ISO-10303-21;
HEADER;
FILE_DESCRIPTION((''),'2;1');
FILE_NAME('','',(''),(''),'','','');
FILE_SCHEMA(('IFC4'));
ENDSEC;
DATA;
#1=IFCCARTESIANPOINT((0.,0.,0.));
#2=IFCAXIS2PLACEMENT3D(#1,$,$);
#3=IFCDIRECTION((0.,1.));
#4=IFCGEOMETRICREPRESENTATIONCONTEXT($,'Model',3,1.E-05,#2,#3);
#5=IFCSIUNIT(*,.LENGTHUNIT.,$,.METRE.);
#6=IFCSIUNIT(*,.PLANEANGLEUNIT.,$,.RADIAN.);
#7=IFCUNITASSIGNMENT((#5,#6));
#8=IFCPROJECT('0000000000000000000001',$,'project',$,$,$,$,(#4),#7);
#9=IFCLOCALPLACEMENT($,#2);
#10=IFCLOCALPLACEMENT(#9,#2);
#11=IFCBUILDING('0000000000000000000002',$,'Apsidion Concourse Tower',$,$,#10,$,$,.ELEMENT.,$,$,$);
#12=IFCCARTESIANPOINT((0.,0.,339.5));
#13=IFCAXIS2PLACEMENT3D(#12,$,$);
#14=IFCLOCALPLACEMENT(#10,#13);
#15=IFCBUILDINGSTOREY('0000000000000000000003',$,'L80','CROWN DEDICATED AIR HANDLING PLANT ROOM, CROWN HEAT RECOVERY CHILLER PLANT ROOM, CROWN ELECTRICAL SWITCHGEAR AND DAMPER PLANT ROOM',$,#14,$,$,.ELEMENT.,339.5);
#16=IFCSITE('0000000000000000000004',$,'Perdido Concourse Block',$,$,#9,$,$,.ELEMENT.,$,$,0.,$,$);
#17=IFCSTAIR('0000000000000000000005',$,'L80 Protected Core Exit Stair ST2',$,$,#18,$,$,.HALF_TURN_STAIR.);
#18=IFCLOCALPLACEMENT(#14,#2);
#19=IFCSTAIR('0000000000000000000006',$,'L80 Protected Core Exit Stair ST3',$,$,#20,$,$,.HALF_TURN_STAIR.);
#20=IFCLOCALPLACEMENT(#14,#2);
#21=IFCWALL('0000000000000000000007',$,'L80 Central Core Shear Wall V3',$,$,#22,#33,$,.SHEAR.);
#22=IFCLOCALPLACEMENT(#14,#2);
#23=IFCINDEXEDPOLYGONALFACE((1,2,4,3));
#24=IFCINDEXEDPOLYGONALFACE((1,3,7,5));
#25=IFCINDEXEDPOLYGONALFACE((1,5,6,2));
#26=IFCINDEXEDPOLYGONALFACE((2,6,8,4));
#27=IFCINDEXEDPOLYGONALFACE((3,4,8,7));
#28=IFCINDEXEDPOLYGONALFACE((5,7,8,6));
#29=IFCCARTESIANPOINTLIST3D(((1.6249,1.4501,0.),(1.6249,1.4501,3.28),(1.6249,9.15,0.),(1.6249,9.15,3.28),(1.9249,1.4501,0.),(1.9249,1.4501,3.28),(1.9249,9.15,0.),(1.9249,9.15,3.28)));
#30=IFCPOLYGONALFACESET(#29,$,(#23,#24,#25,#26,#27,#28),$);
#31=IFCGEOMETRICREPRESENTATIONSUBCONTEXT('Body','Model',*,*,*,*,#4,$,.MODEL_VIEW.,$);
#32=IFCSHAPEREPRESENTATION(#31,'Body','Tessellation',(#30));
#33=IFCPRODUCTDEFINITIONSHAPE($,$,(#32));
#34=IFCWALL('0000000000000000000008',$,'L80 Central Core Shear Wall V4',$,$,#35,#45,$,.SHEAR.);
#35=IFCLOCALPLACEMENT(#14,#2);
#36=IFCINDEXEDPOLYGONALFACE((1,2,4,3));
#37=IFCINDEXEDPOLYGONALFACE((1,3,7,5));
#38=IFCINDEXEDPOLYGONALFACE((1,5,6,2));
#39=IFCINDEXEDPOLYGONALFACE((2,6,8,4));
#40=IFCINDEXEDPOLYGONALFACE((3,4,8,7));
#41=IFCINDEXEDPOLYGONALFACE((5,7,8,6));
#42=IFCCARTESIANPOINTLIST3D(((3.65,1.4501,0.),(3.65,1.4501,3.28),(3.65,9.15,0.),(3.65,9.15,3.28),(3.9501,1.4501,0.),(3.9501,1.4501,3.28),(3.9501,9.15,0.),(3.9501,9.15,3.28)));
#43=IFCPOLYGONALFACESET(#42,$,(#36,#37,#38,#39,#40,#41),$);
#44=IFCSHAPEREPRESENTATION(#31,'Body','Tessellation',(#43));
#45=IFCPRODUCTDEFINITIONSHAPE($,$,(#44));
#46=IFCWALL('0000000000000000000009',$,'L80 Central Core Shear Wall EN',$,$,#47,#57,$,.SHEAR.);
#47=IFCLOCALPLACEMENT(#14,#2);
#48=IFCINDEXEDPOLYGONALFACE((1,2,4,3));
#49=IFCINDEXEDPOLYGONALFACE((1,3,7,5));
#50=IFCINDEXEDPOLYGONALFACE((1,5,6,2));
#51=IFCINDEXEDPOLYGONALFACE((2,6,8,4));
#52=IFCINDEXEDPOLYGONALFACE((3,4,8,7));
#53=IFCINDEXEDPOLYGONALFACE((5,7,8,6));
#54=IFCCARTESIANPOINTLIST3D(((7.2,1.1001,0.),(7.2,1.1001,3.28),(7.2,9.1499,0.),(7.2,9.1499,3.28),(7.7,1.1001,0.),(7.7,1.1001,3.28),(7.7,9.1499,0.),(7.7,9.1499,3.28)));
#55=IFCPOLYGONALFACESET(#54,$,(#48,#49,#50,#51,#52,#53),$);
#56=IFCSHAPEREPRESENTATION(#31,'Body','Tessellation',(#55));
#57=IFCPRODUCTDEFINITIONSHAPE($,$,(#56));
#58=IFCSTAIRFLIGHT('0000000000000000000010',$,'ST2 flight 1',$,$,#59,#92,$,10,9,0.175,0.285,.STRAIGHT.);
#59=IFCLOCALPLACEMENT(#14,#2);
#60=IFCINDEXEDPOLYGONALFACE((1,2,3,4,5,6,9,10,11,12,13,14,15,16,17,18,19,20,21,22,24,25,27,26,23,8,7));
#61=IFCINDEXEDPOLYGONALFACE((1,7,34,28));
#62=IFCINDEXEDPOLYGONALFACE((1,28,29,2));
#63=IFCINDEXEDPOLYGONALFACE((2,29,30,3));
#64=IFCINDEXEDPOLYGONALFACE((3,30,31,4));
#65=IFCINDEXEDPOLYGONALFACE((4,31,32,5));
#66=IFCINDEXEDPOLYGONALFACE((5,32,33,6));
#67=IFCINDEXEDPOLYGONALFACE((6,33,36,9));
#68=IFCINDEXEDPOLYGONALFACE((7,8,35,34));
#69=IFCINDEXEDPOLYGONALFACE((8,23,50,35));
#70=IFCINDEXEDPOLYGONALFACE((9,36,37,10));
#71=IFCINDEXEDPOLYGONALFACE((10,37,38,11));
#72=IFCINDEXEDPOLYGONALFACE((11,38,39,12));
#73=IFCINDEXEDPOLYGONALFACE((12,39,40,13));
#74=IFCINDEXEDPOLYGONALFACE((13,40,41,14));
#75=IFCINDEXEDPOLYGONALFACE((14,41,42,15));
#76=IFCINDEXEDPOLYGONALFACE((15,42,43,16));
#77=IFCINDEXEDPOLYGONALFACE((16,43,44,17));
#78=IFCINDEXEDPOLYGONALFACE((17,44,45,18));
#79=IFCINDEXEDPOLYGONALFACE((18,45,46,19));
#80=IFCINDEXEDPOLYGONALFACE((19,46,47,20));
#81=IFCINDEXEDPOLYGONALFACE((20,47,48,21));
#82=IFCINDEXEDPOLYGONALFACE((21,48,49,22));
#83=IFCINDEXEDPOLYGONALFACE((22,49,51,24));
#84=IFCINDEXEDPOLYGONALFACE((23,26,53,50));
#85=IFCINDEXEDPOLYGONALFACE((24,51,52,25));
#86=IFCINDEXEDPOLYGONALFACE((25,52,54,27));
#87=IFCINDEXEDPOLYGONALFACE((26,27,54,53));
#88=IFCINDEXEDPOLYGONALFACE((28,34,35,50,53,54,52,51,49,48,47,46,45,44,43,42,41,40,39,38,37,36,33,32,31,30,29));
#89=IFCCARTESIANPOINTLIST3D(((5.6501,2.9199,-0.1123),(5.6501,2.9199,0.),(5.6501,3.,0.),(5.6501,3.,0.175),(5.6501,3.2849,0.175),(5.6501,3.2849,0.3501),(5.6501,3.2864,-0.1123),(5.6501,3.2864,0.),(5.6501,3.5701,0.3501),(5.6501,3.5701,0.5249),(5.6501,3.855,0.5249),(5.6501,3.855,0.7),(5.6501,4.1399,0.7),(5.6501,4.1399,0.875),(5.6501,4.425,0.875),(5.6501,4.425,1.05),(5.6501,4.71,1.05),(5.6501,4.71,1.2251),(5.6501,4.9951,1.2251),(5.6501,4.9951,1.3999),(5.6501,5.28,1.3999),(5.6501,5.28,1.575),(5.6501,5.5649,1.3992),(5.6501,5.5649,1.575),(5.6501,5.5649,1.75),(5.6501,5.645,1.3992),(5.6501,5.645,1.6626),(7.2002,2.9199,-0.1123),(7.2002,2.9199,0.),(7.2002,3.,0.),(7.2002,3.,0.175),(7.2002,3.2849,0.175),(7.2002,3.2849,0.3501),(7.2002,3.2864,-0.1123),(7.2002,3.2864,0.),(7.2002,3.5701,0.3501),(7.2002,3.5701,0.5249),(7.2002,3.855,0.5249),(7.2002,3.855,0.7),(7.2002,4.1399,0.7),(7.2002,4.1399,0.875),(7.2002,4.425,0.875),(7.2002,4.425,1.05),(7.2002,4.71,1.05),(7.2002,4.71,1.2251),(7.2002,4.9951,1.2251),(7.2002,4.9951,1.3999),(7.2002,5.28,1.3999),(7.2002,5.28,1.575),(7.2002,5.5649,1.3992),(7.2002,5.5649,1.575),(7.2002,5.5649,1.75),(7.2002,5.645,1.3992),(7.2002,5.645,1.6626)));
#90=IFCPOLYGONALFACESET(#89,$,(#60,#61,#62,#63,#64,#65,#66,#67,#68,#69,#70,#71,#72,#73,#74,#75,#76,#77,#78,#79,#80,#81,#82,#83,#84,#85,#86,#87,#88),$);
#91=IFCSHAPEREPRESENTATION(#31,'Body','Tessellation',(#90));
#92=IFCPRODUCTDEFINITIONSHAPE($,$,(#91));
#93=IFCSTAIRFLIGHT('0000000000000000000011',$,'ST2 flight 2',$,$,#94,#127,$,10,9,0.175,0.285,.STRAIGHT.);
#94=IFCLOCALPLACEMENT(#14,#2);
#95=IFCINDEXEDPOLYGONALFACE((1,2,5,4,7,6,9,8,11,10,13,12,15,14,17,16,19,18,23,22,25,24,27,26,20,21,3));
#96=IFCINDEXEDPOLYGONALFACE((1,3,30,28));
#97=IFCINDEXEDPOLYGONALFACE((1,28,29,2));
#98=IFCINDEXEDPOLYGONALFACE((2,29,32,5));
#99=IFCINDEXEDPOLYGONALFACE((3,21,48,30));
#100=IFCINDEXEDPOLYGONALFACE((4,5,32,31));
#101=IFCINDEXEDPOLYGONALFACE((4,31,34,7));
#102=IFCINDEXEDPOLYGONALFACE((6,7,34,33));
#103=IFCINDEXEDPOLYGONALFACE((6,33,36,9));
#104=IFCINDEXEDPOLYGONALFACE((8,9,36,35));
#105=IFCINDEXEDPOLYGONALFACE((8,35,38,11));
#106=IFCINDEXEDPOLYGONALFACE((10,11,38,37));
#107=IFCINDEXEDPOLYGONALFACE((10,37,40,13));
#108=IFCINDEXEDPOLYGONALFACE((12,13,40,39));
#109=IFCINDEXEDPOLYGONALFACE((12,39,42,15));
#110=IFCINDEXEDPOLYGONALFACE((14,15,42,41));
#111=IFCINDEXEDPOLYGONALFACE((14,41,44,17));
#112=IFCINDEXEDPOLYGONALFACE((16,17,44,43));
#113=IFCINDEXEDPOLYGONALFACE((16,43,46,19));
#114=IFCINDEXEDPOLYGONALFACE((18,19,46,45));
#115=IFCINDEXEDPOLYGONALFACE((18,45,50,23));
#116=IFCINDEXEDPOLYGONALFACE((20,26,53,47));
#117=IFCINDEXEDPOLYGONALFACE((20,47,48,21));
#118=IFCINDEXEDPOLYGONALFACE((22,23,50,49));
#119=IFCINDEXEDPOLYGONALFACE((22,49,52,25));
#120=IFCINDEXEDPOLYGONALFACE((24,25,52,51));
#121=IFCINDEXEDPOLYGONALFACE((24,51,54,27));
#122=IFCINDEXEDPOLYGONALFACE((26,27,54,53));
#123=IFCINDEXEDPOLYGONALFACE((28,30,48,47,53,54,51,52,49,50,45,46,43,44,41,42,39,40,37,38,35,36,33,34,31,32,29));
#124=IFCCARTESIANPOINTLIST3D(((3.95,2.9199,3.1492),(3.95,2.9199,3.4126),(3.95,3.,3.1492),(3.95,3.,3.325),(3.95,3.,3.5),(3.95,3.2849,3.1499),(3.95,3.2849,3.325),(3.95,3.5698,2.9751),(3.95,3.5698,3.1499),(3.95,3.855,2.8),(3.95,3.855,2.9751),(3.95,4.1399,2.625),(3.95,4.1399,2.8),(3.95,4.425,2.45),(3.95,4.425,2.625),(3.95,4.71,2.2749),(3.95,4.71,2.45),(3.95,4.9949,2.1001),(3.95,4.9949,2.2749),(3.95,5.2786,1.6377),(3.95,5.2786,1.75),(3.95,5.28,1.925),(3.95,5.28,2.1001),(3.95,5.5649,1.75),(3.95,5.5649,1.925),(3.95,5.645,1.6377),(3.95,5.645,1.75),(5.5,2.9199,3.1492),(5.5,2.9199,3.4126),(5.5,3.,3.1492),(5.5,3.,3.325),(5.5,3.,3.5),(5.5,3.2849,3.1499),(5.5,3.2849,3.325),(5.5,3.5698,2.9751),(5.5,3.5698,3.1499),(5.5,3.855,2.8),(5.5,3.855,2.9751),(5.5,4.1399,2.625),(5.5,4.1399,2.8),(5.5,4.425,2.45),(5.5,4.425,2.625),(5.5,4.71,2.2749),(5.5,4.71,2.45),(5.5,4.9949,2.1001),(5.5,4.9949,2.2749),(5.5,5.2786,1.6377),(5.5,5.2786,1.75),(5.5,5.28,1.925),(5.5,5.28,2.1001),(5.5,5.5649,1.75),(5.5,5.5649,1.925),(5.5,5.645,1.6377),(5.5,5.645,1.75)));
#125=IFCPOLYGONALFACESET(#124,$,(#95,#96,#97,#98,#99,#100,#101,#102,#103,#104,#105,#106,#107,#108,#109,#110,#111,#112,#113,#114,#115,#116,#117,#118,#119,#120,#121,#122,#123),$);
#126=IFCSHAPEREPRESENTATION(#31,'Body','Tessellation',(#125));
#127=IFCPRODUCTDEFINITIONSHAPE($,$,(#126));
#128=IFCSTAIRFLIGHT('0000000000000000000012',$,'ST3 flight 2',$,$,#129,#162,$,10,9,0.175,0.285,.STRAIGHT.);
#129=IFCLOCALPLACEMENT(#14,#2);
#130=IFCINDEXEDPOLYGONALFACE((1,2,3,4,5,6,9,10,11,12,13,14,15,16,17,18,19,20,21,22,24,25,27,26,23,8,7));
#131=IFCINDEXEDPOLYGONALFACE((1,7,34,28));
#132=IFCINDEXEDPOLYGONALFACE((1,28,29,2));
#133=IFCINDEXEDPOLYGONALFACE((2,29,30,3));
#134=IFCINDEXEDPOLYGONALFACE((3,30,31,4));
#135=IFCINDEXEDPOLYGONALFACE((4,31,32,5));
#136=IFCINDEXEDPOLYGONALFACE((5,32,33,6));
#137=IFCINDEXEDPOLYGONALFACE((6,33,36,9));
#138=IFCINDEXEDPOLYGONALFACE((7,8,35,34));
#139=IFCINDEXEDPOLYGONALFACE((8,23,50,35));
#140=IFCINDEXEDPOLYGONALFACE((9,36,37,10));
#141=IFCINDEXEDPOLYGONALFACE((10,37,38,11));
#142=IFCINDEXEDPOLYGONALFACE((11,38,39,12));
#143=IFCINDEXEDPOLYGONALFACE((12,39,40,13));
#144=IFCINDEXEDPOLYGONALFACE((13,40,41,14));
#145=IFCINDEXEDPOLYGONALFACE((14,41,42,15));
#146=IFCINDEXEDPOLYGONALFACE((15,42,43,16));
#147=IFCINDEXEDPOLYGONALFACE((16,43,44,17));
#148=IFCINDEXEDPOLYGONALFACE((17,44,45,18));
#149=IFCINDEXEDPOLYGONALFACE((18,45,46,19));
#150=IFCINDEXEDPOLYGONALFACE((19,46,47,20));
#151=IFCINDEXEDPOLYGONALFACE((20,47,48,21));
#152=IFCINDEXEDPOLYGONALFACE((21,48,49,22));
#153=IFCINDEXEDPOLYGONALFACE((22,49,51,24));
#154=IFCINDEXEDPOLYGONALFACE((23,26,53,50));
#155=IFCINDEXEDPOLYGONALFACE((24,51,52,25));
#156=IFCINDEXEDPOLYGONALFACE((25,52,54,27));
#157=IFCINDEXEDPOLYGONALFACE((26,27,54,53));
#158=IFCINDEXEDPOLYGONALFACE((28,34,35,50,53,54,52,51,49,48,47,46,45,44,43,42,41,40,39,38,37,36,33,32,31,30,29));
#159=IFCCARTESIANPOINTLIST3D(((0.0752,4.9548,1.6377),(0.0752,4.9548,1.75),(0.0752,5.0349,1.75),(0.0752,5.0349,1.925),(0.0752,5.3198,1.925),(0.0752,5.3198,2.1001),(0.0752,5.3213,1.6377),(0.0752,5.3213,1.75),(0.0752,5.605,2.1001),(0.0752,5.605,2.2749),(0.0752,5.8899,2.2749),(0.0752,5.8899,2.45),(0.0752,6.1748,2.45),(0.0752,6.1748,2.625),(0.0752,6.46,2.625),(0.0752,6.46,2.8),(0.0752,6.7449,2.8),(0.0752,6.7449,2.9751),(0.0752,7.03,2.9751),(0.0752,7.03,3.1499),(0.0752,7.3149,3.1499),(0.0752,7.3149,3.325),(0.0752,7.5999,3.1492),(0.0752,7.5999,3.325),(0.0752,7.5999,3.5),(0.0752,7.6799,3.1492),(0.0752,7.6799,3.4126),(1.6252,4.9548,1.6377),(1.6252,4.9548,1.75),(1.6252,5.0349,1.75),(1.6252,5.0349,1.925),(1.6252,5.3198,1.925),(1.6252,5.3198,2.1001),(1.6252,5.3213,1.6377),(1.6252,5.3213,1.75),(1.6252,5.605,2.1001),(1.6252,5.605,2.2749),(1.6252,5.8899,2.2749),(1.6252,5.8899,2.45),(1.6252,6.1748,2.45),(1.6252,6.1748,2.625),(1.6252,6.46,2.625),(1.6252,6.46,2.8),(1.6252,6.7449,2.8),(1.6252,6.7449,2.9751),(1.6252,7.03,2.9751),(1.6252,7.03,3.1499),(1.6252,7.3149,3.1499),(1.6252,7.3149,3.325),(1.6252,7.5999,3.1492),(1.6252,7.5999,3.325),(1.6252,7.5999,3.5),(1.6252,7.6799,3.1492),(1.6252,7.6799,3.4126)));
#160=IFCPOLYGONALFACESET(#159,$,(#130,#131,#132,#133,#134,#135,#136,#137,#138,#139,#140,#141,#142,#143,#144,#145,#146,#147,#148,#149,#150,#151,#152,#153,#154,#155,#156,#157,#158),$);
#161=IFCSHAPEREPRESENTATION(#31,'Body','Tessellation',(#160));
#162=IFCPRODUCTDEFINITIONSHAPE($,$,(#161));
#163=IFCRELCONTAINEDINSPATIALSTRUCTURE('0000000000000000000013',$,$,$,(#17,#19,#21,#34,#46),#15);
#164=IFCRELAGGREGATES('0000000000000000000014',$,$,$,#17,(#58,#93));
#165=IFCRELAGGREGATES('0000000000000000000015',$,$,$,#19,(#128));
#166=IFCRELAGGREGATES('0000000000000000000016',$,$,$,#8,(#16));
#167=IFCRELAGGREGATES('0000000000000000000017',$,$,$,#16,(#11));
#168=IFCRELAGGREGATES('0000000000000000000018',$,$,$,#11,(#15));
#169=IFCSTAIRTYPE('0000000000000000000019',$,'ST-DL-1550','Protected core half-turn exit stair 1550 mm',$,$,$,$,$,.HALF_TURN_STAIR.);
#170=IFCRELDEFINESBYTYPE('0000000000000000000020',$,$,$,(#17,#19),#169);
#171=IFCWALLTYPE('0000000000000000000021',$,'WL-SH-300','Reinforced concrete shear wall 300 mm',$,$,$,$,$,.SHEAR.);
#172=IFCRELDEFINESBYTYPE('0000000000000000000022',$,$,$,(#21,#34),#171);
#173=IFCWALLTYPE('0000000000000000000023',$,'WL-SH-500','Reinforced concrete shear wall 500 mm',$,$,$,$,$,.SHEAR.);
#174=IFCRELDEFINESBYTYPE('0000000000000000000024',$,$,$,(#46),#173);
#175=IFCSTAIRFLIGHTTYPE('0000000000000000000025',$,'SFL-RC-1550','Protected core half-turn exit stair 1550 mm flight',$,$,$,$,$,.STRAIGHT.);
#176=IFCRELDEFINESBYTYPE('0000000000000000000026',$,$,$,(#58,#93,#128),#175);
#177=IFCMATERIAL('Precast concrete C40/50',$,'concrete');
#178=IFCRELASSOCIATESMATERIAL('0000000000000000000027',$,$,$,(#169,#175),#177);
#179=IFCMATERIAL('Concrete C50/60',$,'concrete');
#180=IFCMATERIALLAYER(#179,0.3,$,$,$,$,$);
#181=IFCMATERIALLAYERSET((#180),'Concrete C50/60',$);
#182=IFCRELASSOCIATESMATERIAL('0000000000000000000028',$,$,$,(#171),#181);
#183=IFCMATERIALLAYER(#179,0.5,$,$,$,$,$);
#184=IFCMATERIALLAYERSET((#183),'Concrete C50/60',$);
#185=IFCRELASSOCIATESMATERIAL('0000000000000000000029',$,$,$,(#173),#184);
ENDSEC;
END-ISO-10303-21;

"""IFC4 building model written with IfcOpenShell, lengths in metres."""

from ifc_helpers import new_model, si_unit, direction, frame, frame_2d, origin, place, context, subcontext, project, spatial, polyline, rectangle, outline, extrude, material, layer, layer_set, type_object, element, aggregate, save


model = new_model("IFC4")

# Units and contexts
model_context = context("Model", 3, precision=1e-05, world=origin(), true_north=direction((0.0, 1.0)))
body_context = subcontext(model_context, "Body", "Model", "MODEL_VIEW")
ifc_project = project(units=[si_unit("LENGTHUNIT", "METRE"), si_unit("PLANEANGLEUNIT", "RADIAN")], contexts=[model_context])

# Site, building, storey
site_placement = place(None, origin())
site = spatial("IfcSite", under=ifc_project, at=site_placement, Name="Perdido Concourse Block", CompositionType="ELEMENT", RefElevation=0.0)
building_placement = place(site_placement, origin())
building = spatial("IfcBuilding", under=site, at=building_placement, Name="Apsidion Concourse Tower", CompositionType="ELEMENT")
storey_placement = place(building_placement, frame((0.0, 0.0, 339.5)))
storey = spatial("IfcBuildingStorey", under=building, at=storey_placement, Name="L80", Description="CROWN DEDICATED AIR HANDLING PLANT ROOM, CROWN HEAT RECOVERY CHILLER PLANT ROOM, CROWN ELECTRICAL SWITCHGEAR AND DAMPER PLANT ROOM", CompositionType="ELEMENT", Elevation=339.5)

# Shared definitions
ifc_material_1 = material(Name="Concrete C50/60", Category="concrete")

# Stairs
ifc_material_2 = material(Name="Precast concrete C40/50", Category="concrete")
stair_type = type_object("IfcStairType", Name="ST-DL-1550", Description="Protected core half-turn exit stair 1550 mm", PredefinedType="HALF_TURN_STAIR", material=ifc_material_2)
stair_1_placement = place(storey_placement, origin())
stair_1 = element("IfcStair", 1, at=stair_1_placement, inside=storey, type_object=stair_type, Name="L80 Protected Core Exit Stair ST2", PredefinedType="HALF_TURN_STAIR")
stair_2_placement = place(storey_placement, origin())
stair_2 = element("IfcStair", 2, at=stair_2_placement, inside=storey, type_object=stair_type, Name="L80 Protected Core Exit Stair ST3", PredefinedType="HALF_TURN_STAIR")

# Walls
ifc_layer_1 = layer(ifc_material_1, 0.3)
ifc_layer_set_1 = layer_set([ifc_layer_1], Name="Concrete C50/60")
wall_type_1 = type_object("IfcWallType", Name="WL-SH-300", Description="Reinforced concrete shear wall 300 mm", PredefinedType="SHEAR", material=ifc_layer_set_1)
for number, where, z_axis, x_axis, name in (
    (3, (1.7749, 1.45, 0.0), (0.0, 0.0, 1.0), (0.0, 1.0, 0.0), "L80 Central Core Shear Wall V3"),
    (4, (3.8, 1.45, 0.0), (0.0, 0.0, 1.0), (0.0, 1.0, 0.0), "L80 Central Core Shear Wall V4"),
):
    element("IfcWall", number, at=place(storey_placement, frame(where, z_axis=z_axis, x_axis=x_axis)), inside=storey, type_object=wall_type_1, Name=name, PredefinedType="SHEAR", context=body_context, shape_type="SweptSolid", body=[
        extrude(rectangle(XDim=7.7, YDim=0.3, at=frame_2d((3.8501, 0.0))), origin(), (0.0, 0.0, 1.0), 3.28),
    ])
ifc_layer_2 = layer(ifc_material_1, 0.5)
ifc_layer_set_2 = layer_set([ifc_layer_2], Name="Concrete C50/60")
wall_type_2 = type_object("IfcWallType", Name="WL-SH-500", Description="Reinforced concrete shear wall 500 mm", PredefinedType="SHEAR", material=ifc_layer_set_2)
wall_1_placement = place(storey_placement, frame((7.45, 1.1001, 0.0), z_axis=(0.0, 0.0, 1.0), x_axis=(0.0, 1.0, 0.0)))
element("IfcWall", 5, at=wall_1_placement, inside=storey, type_object=wall_type_2, Name="L80 Central Core Shear Wall EN", PredefinedType="SHEAR", context=body_context, shape_type="SweptSolid", body=[
    extrude(rectangle(XDim=8.0498, YDim=0.5, at=frame_2d((4.0249, 0.0))), origin(), (0.0, 0.0, 1.0), 3.28),
])

# Stair flights
stair_flight_type = type_object("IfcStairFlightType", Name="SFL-RC-1550", Description="Protected core half-turn exit stair 1550 mm flight", PredefinedType="STRAIGHT", material=ifc_material_2)
stair_flight_1_placement = place(storey_placement, frame((6.425, 3.0, 0.0), z_axis=(0.0, 0.0, 1.0), x_axis=(0.0, 1.0, 0.0)))
stair_flight_1 = element("IfcStairFlight", 6, at=stair_flight_1_placement, type_object=stair_flight_type, Name="ST2 flight 1", NumberOfRisers=10, NumberOfTreads=9, PredefinedType="STRAIGHT", RiserHeight=0.175, TreadLength=0.285, context=body_context, shape_type="SweptSolid", body=[
    extrude(outline(polyline([(-0.0801, -0.1123), (-0.0801, 0.0), (0.0, 0.0), (0.0, 0.175), (0.2849, 0.175), (0.2849, 0.3501), (0.5701, 0.3501), (0.5701, 0.5249), (0.855, 0.5249), (0.855, 0.7), (1.1399, 0.7), (1.1399, 0.875), (1.425, 0.875), (1.425, 1.05), (1.71, 1.05), (1.71, 1.2251), (1.9951, 1.2251), (1.9951, 1.3999), (2.28, 1.3999), (2.28, 1.575), (2.5649, 1.575), (2.5649, 1.75), (2.645, 1.6626), (2.645, 1.3992), (2.5649, 1.3992), (0.2864, 0.0), (0.2864, -0.1123), (-0.0801, -0.1123)])), frame((0.0, 0.7749, 0.0), z_axis=(0.0, -1.0, 0.0), x_axis=(1.0, 0.0, 0.0)), (0.0, 0.0, 1.0), 1.55),
])
stair_flight_2_placement = place(storey_placement, frame((4.7251, 5.5649, 1.75), z_axis=(0.0, 0.0, 1.0), x_axis=(0.0, -1.0, 0.0)))
stair_flight_2 = element("IfcStairFlight", 7, at=stair_flight_2_placement, type_object=stair_flight_type, Name="ST2 flight 2", NumberOfRisers=10, NumberOfTreads=9, PredefinedType="STRAIGHT", RiserHeight=0.175, TreadLength=0.285, context=body_context, shape_type="SweptSolid", body=[
    extrude(outline(polyline([(-0.0801, -0.1123), (-0.0801, 0.0), (0.0, 0.0), (0.0, 0.175), (0.2849, 0.175), (0.2849, 0.3501), (0.5701, 0.3501), (0.5701, 0.5249), (0.855, 0.5249), (0.855, 0.7), (1.1399, 0.7), (1.1399, 0.875), (1.425, 0.875), (1.425, 1.05), (1.71, 1.05), (1.71, 1.2251), (1.9951, 1.2251), (1.9951, 1.3999), (2.28, 1.3999), (2.28, 1.575), (2.5649, 1.575), (2.5649, 1.75), (2.645, 1.6626), (2.645, 1.3992), (2.5649, 1.3992), (0.2864, 0.0), (0.2864, -0.1123), (-0.0801, -0.1123)])), frame((0.0, 0.7749, 0.0), z_axis=(0.0, -1.0, 0.0), x_axis=(1.0, 0.0, 0.0)), (0.0, 0.0, 1.0), 1.55),
])
aggregate(stair_1, [stair_flight_1, stair_flight_2])
stair_flight_3_placement = place(storey_placement, frame((0.8501, 5.0349, 1.75), z_axis=(0.0, 0.0, 1.0), x_axis=(0.0, 1.0, 0.0)))
stair_flight_3 = element("IfcStairFlight", 8, at=stair_flight_3_placement, type_object=stair_flight_type, Name="ST3 flight 2", NumberOfRisers=10, NumberOfTreads=9, PredefinedType="STRAIGHT", RiserHeight=0.175, TreadLength=0.285, context=body_context, shape_type="SweptSolid", body=[
    extrude(outline(polyline([(-0.0801, -0.1123), (-0.0801, 0.0), (0.0, 0.0), (0.0, 0.175), (0.2849, 0.175), (0.2849, 0.3501), (0.5701, 0.3501), (0.5701, 0.5249), (0.855, 0.5249), (0.855, 0.7), (1.1399, 0.7), (1.1399, 0.875), (1.425, 0.875), (1.425, 1.05), (1.71, 1.05), (1.71, 1.2251), (1.9951, 1.2251), (1.9951, 1.3999), (2.28, 1.3999), (2.28, 1.575), (2.5649, 1.575), (2.5649, 1.75), (2.645, 1.6626), (2.645, 1.3992), (2.5649, 1.3992), (0.2864, 0.0), (0.2864, -0.1123), (-0.0801, -0.1123)])), frame((0.0, 0.7749, 0.0), z_axis=(0.0, -1.0, 0.0), x_axis=(1.0, 0.0, 0.0)), (0.0, 0.0, 1.0), 1.55),
])
aggregate(stair_2, [stair_flight_3])

save(model, "model.ifc")
